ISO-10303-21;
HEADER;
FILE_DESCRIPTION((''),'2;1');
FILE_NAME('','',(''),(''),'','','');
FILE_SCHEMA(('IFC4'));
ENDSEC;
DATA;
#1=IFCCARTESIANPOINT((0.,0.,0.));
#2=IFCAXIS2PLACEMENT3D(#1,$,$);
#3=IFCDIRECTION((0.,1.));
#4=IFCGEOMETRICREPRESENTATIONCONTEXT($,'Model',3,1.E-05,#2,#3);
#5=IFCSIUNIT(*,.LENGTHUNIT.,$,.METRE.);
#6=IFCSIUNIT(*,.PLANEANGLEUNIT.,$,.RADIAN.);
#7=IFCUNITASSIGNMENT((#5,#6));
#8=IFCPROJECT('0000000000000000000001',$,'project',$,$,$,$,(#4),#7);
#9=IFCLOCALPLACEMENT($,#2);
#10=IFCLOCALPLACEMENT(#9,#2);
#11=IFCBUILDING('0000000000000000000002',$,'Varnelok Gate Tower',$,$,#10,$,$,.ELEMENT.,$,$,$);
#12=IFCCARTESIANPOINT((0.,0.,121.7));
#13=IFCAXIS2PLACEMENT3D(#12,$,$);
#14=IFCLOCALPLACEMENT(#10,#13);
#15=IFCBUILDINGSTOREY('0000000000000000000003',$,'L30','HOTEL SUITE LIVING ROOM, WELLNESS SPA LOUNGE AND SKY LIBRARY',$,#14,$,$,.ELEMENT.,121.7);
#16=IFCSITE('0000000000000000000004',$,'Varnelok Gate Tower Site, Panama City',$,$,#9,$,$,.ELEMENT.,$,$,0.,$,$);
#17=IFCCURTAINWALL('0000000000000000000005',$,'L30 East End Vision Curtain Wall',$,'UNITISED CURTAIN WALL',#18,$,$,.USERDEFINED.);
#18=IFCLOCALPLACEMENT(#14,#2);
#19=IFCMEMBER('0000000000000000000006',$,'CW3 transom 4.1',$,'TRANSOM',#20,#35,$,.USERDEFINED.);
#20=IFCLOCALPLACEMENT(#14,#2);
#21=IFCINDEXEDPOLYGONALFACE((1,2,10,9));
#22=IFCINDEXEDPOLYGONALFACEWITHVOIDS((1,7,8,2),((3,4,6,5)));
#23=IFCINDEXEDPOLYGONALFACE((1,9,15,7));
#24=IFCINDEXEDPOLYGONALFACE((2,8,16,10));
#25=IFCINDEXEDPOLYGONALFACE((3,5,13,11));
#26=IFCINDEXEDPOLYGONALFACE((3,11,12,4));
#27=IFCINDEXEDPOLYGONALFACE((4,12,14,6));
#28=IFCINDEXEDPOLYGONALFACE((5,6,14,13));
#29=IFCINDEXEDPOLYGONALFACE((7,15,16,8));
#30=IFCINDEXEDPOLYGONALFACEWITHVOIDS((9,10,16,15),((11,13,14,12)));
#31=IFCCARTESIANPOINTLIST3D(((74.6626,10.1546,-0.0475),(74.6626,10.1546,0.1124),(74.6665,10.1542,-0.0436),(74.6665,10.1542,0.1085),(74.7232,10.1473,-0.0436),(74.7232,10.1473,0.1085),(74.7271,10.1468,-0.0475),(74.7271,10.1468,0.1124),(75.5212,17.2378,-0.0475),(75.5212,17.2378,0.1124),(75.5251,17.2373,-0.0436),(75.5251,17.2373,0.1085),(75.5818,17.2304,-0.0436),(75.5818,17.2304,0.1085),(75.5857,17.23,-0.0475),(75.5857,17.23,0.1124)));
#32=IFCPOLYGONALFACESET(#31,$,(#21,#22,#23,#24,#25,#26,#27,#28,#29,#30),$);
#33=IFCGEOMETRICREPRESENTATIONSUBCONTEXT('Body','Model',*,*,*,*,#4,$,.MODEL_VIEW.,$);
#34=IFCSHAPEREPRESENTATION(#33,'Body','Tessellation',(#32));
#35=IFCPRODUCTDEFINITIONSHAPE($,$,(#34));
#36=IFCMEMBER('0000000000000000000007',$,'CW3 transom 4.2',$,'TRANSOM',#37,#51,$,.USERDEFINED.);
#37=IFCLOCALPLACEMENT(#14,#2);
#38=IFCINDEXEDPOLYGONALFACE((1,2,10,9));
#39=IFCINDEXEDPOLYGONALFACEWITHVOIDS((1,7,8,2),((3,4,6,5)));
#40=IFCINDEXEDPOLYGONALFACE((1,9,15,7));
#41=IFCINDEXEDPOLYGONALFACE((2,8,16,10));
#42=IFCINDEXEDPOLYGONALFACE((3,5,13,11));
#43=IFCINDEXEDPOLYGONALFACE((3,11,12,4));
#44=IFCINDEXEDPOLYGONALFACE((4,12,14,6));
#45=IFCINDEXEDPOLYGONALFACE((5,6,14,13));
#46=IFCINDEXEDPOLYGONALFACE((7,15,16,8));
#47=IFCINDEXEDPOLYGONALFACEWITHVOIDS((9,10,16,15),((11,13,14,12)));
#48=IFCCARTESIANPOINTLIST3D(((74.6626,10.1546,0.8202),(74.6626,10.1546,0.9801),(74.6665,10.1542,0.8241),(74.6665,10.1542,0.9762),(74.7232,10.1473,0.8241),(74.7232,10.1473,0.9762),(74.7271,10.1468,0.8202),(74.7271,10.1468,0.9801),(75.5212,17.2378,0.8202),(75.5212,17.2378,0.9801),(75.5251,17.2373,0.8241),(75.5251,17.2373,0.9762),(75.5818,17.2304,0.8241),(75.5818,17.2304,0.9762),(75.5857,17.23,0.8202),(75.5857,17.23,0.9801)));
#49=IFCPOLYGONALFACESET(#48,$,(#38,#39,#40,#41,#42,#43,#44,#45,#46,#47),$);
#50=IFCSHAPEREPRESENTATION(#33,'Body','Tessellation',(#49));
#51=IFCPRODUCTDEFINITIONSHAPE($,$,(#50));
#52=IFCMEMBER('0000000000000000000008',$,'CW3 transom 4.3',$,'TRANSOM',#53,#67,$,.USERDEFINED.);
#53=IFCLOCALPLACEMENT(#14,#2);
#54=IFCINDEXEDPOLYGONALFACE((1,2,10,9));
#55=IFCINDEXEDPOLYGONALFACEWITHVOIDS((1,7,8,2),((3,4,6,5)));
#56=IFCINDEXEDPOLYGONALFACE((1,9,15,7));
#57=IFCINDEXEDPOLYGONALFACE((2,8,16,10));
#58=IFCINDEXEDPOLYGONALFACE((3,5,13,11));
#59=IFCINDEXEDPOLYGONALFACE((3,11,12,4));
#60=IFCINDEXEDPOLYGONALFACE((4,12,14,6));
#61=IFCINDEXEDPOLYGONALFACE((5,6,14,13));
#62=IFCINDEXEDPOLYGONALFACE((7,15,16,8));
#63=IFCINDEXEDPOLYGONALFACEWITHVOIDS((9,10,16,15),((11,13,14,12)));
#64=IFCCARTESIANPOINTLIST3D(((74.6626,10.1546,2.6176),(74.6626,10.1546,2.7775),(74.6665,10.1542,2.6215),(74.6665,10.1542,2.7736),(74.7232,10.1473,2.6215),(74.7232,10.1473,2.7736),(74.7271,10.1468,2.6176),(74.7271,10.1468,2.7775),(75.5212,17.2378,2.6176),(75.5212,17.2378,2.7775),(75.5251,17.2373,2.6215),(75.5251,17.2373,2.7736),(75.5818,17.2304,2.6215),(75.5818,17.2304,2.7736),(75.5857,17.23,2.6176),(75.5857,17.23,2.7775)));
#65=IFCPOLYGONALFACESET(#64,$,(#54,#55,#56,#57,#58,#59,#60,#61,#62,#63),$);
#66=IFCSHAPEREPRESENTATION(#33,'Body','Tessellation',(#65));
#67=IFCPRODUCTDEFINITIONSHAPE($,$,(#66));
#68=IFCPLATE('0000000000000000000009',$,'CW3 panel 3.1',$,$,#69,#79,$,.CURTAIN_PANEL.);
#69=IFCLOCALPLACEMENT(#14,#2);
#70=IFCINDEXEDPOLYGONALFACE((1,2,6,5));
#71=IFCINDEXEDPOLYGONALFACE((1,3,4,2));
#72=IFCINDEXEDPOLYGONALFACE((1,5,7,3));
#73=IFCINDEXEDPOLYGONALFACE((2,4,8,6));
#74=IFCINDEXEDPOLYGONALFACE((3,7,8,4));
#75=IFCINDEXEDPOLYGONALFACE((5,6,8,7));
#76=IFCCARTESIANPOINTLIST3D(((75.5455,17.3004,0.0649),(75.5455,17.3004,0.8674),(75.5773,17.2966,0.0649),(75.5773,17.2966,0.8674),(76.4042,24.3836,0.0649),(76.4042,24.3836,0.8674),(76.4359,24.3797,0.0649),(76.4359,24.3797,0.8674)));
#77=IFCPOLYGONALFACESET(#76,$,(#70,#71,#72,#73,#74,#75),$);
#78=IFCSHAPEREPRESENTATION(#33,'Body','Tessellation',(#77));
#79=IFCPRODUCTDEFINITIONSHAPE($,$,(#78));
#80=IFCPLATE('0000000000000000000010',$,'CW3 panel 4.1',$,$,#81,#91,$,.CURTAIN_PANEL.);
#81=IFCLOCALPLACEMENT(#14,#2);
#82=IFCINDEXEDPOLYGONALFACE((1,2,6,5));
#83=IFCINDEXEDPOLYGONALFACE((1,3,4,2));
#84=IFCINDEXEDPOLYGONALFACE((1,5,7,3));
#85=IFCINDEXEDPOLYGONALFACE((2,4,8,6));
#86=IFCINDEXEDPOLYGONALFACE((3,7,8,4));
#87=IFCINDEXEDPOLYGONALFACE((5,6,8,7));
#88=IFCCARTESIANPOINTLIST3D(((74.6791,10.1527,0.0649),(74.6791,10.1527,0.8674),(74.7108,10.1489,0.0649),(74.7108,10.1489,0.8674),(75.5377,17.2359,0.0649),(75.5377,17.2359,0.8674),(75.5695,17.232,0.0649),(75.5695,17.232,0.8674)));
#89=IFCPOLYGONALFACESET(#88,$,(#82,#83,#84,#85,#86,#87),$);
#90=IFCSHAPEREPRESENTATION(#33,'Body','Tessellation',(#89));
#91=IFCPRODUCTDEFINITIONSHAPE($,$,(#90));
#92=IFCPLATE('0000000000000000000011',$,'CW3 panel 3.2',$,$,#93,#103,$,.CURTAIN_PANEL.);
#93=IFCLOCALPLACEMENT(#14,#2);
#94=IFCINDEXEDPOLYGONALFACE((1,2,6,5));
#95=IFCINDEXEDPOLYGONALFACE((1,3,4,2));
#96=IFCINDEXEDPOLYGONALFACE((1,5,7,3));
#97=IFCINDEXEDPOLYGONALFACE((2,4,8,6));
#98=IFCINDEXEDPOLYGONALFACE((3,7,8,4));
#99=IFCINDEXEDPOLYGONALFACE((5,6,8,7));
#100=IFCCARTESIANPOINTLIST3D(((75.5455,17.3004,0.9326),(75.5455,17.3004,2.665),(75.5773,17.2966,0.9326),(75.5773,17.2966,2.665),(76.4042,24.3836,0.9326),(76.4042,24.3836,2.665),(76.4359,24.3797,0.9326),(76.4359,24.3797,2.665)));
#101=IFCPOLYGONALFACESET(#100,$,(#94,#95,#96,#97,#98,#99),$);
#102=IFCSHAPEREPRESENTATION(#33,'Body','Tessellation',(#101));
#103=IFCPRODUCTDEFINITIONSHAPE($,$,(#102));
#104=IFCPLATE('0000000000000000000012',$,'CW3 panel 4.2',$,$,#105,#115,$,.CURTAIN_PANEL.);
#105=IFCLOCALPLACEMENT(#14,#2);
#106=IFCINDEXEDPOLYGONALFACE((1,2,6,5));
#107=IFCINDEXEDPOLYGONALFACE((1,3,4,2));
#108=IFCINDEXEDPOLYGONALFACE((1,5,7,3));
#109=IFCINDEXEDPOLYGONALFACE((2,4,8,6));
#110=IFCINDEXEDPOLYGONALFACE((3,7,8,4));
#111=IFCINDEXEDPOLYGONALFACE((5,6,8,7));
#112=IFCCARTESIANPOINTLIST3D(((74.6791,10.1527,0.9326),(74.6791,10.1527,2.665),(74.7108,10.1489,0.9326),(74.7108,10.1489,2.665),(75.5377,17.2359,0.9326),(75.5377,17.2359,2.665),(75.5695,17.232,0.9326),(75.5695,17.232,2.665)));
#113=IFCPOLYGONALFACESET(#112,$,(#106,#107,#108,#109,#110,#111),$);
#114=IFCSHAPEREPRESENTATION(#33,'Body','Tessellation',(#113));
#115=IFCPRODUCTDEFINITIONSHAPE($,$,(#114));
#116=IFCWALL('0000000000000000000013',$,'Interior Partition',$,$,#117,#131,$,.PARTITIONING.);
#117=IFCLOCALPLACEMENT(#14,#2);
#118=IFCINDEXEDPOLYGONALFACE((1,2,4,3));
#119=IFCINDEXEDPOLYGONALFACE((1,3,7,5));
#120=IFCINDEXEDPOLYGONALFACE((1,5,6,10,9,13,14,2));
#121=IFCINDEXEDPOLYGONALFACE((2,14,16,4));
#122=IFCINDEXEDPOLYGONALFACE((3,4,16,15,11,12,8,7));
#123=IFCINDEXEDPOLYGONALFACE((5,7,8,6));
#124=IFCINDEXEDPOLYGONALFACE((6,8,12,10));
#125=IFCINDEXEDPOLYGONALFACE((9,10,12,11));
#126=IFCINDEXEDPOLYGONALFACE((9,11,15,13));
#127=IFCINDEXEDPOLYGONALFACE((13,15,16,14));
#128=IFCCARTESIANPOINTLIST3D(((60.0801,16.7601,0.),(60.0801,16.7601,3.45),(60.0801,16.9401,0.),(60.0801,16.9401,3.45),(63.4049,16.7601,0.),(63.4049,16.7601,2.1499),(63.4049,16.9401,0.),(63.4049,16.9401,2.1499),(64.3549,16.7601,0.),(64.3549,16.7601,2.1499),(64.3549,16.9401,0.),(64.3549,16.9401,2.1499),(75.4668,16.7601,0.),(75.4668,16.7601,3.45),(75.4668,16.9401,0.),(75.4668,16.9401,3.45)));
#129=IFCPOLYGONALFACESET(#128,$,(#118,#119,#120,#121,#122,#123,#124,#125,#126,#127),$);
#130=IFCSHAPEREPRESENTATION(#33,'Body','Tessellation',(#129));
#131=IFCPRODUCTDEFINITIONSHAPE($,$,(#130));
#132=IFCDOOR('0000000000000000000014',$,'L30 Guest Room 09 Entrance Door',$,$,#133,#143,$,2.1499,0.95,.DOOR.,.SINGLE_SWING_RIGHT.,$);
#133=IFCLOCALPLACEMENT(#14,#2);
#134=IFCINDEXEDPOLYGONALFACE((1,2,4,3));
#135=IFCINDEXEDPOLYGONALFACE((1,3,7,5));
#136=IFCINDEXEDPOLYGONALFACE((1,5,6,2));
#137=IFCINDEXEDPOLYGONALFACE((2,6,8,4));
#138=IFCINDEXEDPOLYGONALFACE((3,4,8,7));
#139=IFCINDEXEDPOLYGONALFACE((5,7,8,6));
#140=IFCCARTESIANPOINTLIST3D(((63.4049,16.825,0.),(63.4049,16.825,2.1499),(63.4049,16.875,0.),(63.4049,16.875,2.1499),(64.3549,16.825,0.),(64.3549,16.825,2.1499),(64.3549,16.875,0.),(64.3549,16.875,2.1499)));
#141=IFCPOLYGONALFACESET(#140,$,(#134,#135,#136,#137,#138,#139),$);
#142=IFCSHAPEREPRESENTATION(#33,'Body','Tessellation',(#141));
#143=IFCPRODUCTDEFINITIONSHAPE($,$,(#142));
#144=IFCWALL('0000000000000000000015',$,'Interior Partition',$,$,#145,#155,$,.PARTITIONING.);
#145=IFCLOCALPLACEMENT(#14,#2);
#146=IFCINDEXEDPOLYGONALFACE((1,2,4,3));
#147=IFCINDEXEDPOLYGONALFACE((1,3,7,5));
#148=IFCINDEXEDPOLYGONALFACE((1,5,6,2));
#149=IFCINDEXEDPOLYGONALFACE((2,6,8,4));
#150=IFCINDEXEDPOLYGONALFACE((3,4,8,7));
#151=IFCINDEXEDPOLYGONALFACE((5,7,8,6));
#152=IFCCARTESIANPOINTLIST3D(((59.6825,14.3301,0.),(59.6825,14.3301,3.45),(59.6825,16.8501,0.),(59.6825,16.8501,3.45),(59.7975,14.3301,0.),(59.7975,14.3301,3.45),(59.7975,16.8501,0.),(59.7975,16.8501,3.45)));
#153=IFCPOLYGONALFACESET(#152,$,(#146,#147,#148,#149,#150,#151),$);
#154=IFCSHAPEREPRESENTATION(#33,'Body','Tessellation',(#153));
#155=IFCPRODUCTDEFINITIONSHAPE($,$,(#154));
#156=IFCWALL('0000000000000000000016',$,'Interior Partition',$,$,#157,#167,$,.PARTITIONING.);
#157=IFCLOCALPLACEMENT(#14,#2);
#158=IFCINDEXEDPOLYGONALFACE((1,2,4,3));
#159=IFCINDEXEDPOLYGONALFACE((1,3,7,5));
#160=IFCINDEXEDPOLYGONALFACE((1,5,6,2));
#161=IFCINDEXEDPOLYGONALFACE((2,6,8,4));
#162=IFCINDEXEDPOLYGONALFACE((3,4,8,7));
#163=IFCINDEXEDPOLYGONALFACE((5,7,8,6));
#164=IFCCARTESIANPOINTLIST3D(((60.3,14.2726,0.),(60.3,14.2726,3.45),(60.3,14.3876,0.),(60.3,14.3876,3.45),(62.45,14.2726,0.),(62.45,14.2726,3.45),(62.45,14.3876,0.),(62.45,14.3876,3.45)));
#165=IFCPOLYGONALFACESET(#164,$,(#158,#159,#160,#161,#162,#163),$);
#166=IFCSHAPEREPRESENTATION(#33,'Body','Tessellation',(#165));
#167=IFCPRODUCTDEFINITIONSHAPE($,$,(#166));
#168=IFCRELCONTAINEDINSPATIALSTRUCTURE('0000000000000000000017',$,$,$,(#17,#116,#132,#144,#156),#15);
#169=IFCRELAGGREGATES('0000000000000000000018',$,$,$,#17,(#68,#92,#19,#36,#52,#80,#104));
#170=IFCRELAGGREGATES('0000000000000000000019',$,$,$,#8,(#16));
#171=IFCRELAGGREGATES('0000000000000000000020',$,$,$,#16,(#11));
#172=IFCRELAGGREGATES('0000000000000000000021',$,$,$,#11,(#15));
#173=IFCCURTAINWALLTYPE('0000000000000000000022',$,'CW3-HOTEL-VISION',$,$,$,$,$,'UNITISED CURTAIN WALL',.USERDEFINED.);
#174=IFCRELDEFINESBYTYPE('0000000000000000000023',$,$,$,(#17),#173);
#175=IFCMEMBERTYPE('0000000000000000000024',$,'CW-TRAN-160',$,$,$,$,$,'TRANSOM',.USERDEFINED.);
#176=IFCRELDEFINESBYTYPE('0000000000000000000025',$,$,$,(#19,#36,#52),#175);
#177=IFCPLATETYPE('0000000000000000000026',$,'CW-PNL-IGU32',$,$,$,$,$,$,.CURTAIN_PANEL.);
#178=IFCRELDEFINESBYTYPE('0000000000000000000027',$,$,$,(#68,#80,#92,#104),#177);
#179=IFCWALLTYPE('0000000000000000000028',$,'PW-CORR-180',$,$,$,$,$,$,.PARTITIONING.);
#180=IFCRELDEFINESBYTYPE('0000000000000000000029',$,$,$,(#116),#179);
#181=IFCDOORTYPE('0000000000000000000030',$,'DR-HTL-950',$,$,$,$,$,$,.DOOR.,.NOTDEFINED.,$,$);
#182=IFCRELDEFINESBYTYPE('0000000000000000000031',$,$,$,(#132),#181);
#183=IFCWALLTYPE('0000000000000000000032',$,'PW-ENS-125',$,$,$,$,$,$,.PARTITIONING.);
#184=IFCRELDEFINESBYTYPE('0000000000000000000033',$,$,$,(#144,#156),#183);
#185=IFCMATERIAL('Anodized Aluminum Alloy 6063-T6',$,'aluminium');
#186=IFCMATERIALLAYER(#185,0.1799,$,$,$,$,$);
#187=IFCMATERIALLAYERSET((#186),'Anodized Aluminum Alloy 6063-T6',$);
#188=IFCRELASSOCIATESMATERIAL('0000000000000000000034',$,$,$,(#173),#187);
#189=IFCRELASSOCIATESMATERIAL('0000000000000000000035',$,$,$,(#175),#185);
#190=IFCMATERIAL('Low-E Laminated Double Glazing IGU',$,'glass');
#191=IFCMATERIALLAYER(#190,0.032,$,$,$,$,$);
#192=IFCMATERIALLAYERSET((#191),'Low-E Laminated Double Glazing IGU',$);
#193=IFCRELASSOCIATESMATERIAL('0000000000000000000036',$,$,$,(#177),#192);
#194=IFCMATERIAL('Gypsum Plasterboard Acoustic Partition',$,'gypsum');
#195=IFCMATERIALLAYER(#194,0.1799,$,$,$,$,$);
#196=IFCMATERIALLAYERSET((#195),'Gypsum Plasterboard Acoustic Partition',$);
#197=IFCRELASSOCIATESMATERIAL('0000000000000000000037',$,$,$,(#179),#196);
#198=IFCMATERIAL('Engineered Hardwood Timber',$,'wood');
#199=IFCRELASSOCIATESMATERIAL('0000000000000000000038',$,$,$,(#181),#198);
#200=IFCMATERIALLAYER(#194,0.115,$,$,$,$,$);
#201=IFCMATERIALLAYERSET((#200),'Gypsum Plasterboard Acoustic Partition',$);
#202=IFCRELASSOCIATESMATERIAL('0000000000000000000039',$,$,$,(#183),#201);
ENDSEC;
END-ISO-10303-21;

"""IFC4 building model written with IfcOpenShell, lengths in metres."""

from ifc_helpers import new_model, si_unit, direction, frame, frame_2d, origin, origin_2d, place, context, subcontext, project, spatial, rectangle, hollow_rectangle, extrude, source, transform, mapped, material, layer, layer_set, material_profile, profile_set, type_object, element, fill, aggregate, save


model = new_model("IFC4")

# Units and contexts
model_context = context("Model", 3, precision=1e-05, world=origin(), true_north=direction((0.0, 1.0)))
body_context = subcontext(model_context, "Body", "Model", "MODEL_VIEW")
ifc_project = project(units=[si_unit("LENGTHUNIT", "METRE"), si_unit("PLANEANGLEUNIT", "RADIAN")], contexts=[model_context])

# Site, building, storey
site_placement = place(None, origin())
site = spatial("IfcSite", under=ifc_project, at=site_placement, Name="Varnelok Gate Tower Site, Panama City", CompositionType="ELEMENT", RefElevation=0.0)
building_placement = place(site_placement, origin())
building = spatial("IfcBuilding", under=site, at=building_placement, Name="Varnelok Gate Tower", CompositionType="ELEMENT")
storey_placement = place(building_placement, frame((0.0, 0.0, 121.7)))
storey = spatial("IfcBuildingStorey", under=building, at=storey_placement, Name="L30", Description="HOTEL SUITE LIVING ROOM, WELLNESS SPA LOUNGE AND SKY LIBRARY", CompositionType="ELEMENT", Elevation=121.7)

# Curtain wall, members, plates
ifc_material_1 = material(Name="Anodized Aluminum Alloy 6063-T6", Category="aluminium")
ifc_layer_1 = layer(ifc_material_1, 0.1799)
ifc_layer_set_1 = layer_set([ifc_layer_1], Name="Anodized Aluminum Alloy 6063-T6")
curtain_wall_type = type_object("IfcCurtainWallType", Name="CW3-HOTEL-VISION", ElementType="UNITISED CURTAIN WALL", PredefinedType="USERDEFINED", material=ifc_layer_set_1)
curtain_wall_placement = place(storey_placement, origin())
curtain_wall = element("IfcCurtainWall", 1, at=curtain_wall_placement, inside=storey, type_object=curtain_wall_type, Name="L30 East End Vision Curtain Wall", ObjectType="UNITISED CURTAIN WALL", PredefinedType="USERDEFINED")
ifc_material_profile_1 = material_profile(ifc_material_1, hollow_rectangle(XDim=0.0649, YDim=0.1599, WallThickness=0.0039, at=origin_2d()), Name="ALU160X65X4")
ifc_profile_set_1 = profile_set([ifc_material_profile_1], Name="Anodized Aluminum Alloy 6063-T6")
member_type_1 = type_object("IfcMemberType", Name="CW-TRAN-160", ElementType="TRANSOM", PredefinedType="USERDEFINED", material=ifc_profile_set_1)
member_1_placement = place(storey_placement, frame((75.5535, 17.2339, 0.0325), z_axis=(-0.120341, -0.992733, 0.0), x_axis=(0.992733, -0.120341, 0.0)))
member_1 = element("IfcMember", 2, at=member_1_placement, type_object=member_type_1, Name="CW3 transom 4.1", ObjectType="TRANSOM", PredefinedType="USERDEFINED", context=body_context, shape_type="SweptSolid", body=[
    extrude(hollow_rectangle(XDim=0.0649, YDim=0.1599, WallThickness=0.0039, at=origin_2d()), origin(), (0.0, 0.0, 1.0), 7.135),
])
member_2_placement = place(storey_placement, frame((75.5535, 17.2339, 0.9001), z_axis=(-0.120341, -0.992733, 0.0), x_axis=(0.992733, -0.120341, 0.0)))
member_2 = element("IfcMember", 3, at=member_2_placement, type_object=member_type_1, Name="CW3 transom 4.2", ObjectType="TRANSOM", PredefinedType="USERDEFINED", context=body_context, shape_type="SweptSolid", body=[
    extrude(hollow_rectangle(XDim=0.0649, YDim=0.1599, WallThickness=0.0039, at=origin_2d()), origin(), (0.0, 0.0, 1.0), 7.135),
])
member_3_placement = place(storey_placement, frame((75.5535, 17.2339, 2.6975), z_axis=(-0.120341, -0.992733, 0.0), x_axis=(0.992733, -0.120341, 0.0)))
member_3 = element("IfcMember", 4, at=member_3_placement, type_object=member_type_1, Name="CW3 transom 4.3", ObjectType="TRANSOM", PredefinedType="USERDEFINED", context=body_context, shape_type="SweptSolid", body=[
    extrude(hollow_rectangle(XDim=0.0649, YDim=0.1599, WallThickness=0.0039, at=origin_2d()), origin(), (0.0, 0.0, 1.0), 7.135),
])
ifc_material_2 = material(Name="Low-E Laminated Double Glazing IGU", Category="glass")
ifc_layer_2 = layer(ifc_material_2, 0.032)
ifc_layer_set_2 = layer_set([ifc_layer_2], Name="Low-E Laminated Double Glazing IGU")
plate_type = type_object("IfcPlateType", Name="CW-PNL-IGU32", PredefinedType="CURTAIN_PANEL", material=ifc_layer_set_2)
shared_shape_1 = source(origin(), body_context, "Body", "SweptSolid", [
    extrude(rectangle(XDim=7.135, YDim=0.032, at=origin_2d()), origin(), (0.0, 0.0, 1.0), 0.8025),
])
plate_1_placement = place(storey_placement, frame((75.9907, 20.8401, 0.0649), z_axis=(0.0, 0.0, 1.0), x_axis=(-0.120347, -0.992732, 0.0)))
plate_1 = element("IfcPlate", 5, at=plate_1_placement, type_object=plate_type, Name="CW3 panel 3.1", PredefinedType="CURTAIN_PANEL", context=body_context, shape_type="MappedRepresentation", body=[
    mapped(shared_shape_1, transform((0.0, 0.0, 0.0), scale=1.0)),
])
plate_2_placement = place(storey_placement, frame((75.1243, 13.6924, 0.0649), z_axis=(0.0, 0.0, 1.0), x_axis=(-0.120347, -0.992732, 0.0)))
plate_2 = element("IfcPlate", 6, at=plate_2_placement, type_object=plate_type, Name="CW3 panel 4.1", PredefinedType="CURTAIN_PANEL", context=body_context, shape_type="MappedRepresentation", body=[
    mapped(shared_shape_1, transform((0.0, 0.0, 0.0), scale=1.0)),
])
shared_shape_2 = source(origin(), body_context, "Body", "SweptSolid", [
    extrude(rectangle(XDim=7.135, YDim=0.032, at=origin_2d()), origin(), (0.0, 0.0, 1.0), 1.7324),
])
plate_3_placement = place(storey_placement, frame((75.9907, 20.8401, 0.9326), z_axis=(0.0, 0.0, 1.0), x_axis=(-0.120347, -0.992732, 0.0)))
plate_3 = element("IfcPlate", 7, at=plate_3_placement, type_object=plate_type, Name="CW3 panel 3.2", PredefinedType="CURTAIN_PANEL", context=body_context, shape_type="MappedRepresentation", body=[
    mapped(shared_shape_2, transform((0.0, 0.0, 0.0), scale=1.0)),
])
plate_4_placement = place(storey_placement, frame((75.1243, 13.6924, 0.9326), z_axis=(0.0, 0.0, 1.0), x_axis=(-0.120347, -0.992732, 0.0)))
plate_4 = element("IfcPlate", 8, at=plate_4_placement, type_object=plate_type, Name="CW3 panel 4.2", PredefinedType="CURTAIN_PANEL", context=body_context, shape_type="MappedRepresentation", body=[
    mapped(shared_shape_2, transform((0.0, 0.0, 0.0), scale=1.0)),
])
aggregate(curtain_wall, [plate_1, plate_3, member_1, member_2, member_3, plate_2, plate_4])

# Wall, opening, door
ifc_material_3 = material(Name="Gypsum Plasterboard Acoustic Partition", Category="gypsum")
ifc_layer_3 = layer(ifc_material_3, 0.1799)
ifc_layer_set_3 = layer_set([ifc_layer_3], Name="Gypsum Plasterboard Acoustic Partition")
wall_type_1 = type_object("IfcWallType", Name="PW-CORR-180", PredefinedType="PARTITIONING", material=ifc_layer_set_3)
wall_1_placement = place(storey_placement, frame((60.0801, 16.8501, 0.0), z_axis=(0.0, 0.0, 1.0), x_axis=(1.0, 0.0, 0.0)))
wall_1 = element("IfcWall", 9, at=wall_1_placement, inside=storey, type_object=wall_type_1, Name="Interior Partition", PredefinedType="PARTITIONING", context=body_context, shape_type="SweptSolid", body=[
    extrude(rectangle(XDim=15.3867, YDim=0.1799, at=frame_2d((7.6934, 0.0))), origin(), (0.0, 0.0, 1.0), 3.45),
])
opening_1_placement = place(wall_1_placement, frame((3.3247, 0.0, 0.0)))
opening_1 = element("IfcOpeningElement", 10, at=opening_1_placement, cuts=wall_1, PredefinedType="OPENING", context=body_context, shape_type="SweptSolid", body=[
    extrude(rectangle(XDim=0.95, YDim=2.1499, at=frame_2d((0.4751, 1.075))), frame((0.0, 0.0999, 0.0), z_axis=(0.0, -1.0, 0.0), x_axis=(1.0, 0.0, 0.0)), (0.0, 0.0, 1.0), 0.2),
])
ifc_material_4 = material(Name="Engineered Hardwood Timber", Category="wood")
door_type_1 = type_object("IfcDoorType", Name="DR-HTL-950", OperationType="NOTDEFINED", PredefinedType="DOOR", material=ifc_material_4)
door_1_placement = place(opening_1_placement, origin())
door_1 = element("IfcDoor", 11, at=door_1_placement, inside=storey, type_object=door_type_1, Name="L30 Guest Room 09 Entrance Door", OperationType="SINGLE_SWING_RIGHT", OverallHeight=2.1499, OverallWidth=0.95, PredefinedType="DOOR", context=body_context, shape_type="SweptSolid", body=[
    extrude(rectangle(XDim=0.95, YDim=2.1499, at=frame_2d((0.4751, 1.075))), frame((0.0, 0.0249, 0.0), z_axis=(0.0, -1.0, 0.0), x_axis=(1.0, 0.0, 0.0)), (0.0, 0.0, 1.0), 0.05),
])
fill(opening_1, door_1)

# Walls
ifc_layer_4 = layer(ifc_material_3, 0.115)
ifc_layer_set_4 = layer_set([ifc_layer_4], Name="Gypsum Plasterboard Acoustic Partition")
wall_type_2 = type_object("IfcWallType", Name="PW-ENS-125", PredefinedType="PARTITIONING", material=ifc_layer_set_4)
wall_2_placement = place(storey_placement, frame((59.74, 14.3301, 0.0), z_axis=(0.0, 0.0, 1.0), x_axis=(0.0, 1.0, 0.0)))
element("IfcWall", 12, at=wall_2_placement, inside=storey, type_object=wall_type_2, Name="Interior Partition", PredefinedType="PARTITIONING", context=body_context, shape_type="SweptSolid", body=[
    extrude(rectangle(XDim=2.52, YDim=0.115, at=frame_2d((1.26, 0.0))), origin(), (0.0, 0.0, 1.0), 3.45),
])
wall_3_placement = place(storey_placement, frame((60.3, 14.3301, 0.0), z_axis=(0.0, 0.0, 1.0), x_axis=(1.0, 0.0, 0.0)))
element("IfcWall", 13, at=wall_3_placement, inside=storey, type_object=wall_type_2, Name="Interior Partition", PredefinedType="PARTITIONING", context=body_context, shape_type="SweptSolid", body=[
    extrude(rectangle(XDim=2.1499, YDim=0.115, at=frame_2d((1.075, 0.0))), origin(), (0.0, 0.0, 1.0), 3.45),
])

save(model, "model.ifc")
